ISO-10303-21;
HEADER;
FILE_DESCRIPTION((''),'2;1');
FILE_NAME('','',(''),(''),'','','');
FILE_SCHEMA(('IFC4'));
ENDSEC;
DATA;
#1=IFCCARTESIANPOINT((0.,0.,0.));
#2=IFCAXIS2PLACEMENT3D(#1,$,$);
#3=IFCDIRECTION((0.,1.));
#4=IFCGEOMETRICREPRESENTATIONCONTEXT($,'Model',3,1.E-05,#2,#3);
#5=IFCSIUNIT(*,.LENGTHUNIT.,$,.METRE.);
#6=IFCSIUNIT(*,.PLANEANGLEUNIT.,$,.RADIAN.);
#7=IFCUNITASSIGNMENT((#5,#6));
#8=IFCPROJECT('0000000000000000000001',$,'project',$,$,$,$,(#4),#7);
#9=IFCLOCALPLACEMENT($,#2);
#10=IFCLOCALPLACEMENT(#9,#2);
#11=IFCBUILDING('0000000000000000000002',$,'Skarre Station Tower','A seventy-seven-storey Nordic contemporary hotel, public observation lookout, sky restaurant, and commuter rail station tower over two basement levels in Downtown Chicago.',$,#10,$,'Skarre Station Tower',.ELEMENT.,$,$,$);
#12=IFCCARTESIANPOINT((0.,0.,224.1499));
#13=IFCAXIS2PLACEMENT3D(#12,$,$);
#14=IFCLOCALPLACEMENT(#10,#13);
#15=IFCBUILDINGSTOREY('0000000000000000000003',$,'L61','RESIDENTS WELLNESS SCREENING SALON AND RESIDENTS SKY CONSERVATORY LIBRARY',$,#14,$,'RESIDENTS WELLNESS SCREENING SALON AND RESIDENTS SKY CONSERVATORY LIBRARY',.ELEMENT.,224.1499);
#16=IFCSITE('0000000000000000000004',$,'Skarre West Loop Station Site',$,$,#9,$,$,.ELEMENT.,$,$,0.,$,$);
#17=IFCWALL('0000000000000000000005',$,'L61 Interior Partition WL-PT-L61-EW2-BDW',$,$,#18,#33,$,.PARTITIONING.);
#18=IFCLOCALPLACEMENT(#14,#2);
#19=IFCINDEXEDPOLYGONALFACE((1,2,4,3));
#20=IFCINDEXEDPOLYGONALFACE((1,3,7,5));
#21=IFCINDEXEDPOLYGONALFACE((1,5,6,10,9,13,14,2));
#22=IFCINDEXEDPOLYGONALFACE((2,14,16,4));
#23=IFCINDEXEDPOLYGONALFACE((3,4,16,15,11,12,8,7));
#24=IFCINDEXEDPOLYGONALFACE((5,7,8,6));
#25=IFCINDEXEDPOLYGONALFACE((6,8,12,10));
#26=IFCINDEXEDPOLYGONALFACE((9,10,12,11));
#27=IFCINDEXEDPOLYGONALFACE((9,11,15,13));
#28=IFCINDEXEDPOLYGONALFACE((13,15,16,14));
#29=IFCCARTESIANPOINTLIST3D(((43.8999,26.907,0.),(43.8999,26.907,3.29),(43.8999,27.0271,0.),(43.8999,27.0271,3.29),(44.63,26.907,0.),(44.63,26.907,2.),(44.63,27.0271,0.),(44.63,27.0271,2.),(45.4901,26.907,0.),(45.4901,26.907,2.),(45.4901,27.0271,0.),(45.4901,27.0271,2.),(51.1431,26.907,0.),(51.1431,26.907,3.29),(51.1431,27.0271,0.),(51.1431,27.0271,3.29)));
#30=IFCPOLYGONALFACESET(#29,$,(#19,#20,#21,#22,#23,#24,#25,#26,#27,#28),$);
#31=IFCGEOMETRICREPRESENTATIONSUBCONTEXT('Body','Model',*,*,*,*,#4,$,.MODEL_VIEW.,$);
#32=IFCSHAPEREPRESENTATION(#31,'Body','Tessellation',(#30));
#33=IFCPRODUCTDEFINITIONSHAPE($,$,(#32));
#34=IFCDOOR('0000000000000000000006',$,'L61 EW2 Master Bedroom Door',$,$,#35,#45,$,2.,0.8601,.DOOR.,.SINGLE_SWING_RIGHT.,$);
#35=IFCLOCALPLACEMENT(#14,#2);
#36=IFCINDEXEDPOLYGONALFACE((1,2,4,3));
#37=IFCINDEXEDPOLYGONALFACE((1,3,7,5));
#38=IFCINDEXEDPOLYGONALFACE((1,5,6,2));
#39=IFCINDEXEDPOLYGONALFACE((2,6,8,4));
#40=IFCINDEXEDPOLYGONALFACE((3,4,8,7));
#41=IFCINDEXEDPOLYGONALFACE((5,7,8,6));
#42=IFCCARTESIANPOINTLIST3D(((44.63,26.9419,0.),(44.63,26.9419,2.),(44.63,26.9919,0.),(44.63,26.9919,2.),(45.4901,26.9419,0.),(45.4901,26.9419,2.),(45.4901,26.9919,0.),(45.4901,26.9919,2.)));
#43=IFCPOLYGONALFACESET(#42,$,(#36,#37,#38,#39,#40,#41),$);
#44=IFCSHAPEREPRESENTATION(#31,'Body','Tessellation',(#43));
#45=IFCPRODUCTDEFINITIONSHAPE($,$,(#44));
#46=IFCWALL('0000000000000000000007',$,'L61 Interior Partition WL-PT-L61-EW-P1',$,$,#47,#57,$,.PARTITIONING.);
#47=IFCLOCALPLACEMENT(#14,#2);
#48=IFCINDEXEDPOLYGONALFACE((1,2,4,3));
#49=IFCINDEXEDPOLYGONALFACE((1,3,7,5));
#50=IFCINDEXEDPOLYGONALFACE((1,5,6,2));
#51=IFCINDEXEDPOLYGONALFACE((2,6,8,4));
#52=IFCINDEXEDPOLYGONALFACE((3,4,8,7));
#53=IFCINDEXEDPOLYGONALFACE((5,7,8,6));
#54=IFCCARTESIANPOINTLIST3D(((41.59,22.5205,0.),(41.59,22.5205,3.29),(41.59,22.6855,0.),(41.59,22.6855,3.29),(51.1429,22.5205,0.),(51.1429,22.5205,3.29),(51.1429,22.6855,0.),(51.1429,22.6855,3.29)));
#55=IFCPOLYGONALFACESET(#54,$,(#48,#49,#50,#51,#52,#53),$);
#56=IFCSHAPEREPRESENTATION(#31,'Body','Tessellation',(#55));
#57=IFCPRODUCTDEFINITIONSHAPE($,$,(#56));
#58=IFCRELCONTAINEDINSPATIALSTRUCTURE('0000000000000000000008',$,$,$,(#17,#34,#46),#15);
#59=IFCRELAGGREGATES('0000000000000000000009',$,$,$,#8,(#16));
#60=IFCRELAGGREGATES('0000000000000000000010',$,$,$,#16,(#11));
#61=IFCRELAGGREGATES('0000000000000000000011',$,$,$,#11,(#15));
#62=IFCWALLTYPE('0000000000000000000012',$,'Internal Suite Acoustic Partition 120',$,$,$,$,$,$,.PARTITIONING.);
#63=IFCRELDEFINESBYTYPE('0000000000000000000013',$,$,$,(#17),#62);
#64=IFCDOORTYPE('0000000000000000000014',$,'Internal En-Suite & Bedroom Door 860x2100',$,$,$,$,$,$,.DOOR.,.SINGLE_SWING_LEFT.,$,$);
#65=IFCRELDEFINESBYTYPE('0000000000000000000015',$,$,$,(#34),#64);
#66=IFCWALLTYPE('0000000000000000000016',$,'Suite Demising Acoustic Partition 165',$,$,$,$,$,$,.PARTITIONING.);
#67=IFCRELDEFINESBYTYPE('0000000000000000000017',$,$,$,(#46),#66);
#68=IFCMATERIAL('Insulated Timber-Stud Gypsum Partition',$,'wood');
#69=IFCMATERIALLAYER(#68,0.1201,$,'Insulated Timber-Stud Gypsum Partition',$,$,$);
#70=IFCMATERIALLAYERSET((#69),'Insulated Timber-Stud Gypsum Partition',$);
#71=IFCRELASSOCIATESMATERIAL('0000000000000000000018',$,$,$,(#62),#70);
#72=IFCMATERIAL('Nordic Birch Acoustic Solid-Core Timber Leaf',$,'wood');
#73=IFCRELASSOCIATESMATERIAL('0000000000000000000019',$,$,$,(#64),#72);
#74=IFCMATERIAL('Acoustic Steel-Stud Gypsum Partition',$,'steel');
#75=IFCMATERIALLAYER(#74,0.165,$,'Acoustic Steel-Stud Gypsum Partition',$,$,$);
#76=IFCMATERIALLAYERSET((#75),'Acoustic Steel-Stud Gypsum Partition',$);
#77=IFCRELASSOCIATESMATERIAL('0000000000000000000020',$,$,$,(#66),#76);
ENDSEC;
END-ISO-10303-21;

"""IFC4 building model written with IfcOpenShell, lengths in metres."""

from ifc_helpers import new_model, si_unit, direction, frame, frame_2d, origin, place, context, subcontext, project, spatial, rectangle, extrude, material, layer, layer_set, type_object, element, fill, save


model = new_model("IFC4")

# Units and contexts
model_context = context("Model", 3, precision=1e-05, world=origin(), true_north=direction((0.0, 1.0)))
body_context = subcontext(model_context, "Body", "Model", "MODEL_VIEW")
ifc_project = project(units=[si_unit("LENGTHUNIT", "METRE"), si_unit("PLANEANGLEUNIT", "RADIAN")], contexts=[model_context])

# Site, building, storey
site_placement = place(None, origin())
site = spatial("IfcSite", under=ifc_project, at=site_placement, Name="Skarre West Loop Station Site", CompositionType="ELEMENT", RefElevation=0.0)
building_placement = place(site_placement, origin())
building = spatial("IfcBuilding", under=site, at=building_placement, Name="Skarre Station Tower", Description="A seventy-seven-storey Nordic contemporary hotel, public observation lookout, sky restaurant, and commuter rail station tower over two basement levels in Downtown Chicago.", LongName="Skarre Station Tower", CompositionType="ELEMENT")
storey_placement = place(building_placement, frame((0.0, 0.0, 224.1499)))
storey = spatial("IfcBuildingStorey", under=building, at=storey_placement, Name="L61", Description="RESIDENTS WELLNESS SCREENING SALON AND RESIDENTS SKY CONSERVATORY LIBRARY", LongName="RESIDENTS WELLNESS SCREENING SALON AND RESIDENTS SKY CONSERVATORY LIBRARY", CompositionType="ELEMENT", Elevation=224.1499)

# Shared definitions
ifc_material_1 = material(Name="Acoustic Steel-Stud Gypsum Partition", Category="steel")

# Shared definitions
ifc_material_2 = material(Name="Insulated Timber-Stud Gypsum Partition", Category="wood")
ifc_layer_1 = layer(ifc_material_2, 0.1201, Name="Insulated Timber-Stud Gypsum Partition")
ifc_layer_set_1 = layer_set([ifc_layer_1], Name="Insulated Timber-Stud Gypsum Partition")
wall_type_1 = type_object("IfcWallType", Name="Internal Suite Acoustic Partition 120", PredefinedType="PARTITIONING", material=ifc_layer_set_1)

# Wall, opening, door
ifc_material_3 = material(Name="Nordic Birch Acoustic Solid-Core Timber Leaf", Category="wood")
door_type_1 = type_object("IfcDoorType", Name="Internal En-Suite & Bedroom Door 860x2100", OperationType="SINGLE_SWING_LEFT", PredefinedType="DOOR", material=ifc_material_3)
wall_1_placement = place(storey_placement, frame((43.8999, 26.967, 0.0), z_axis=(0.0, 0.0, 1.0), x_axis=(1.0, 0.0, 0.0)))
wall_1 = element("IfcWall", 1, at=wall_1_placement, inside=storey, type_object=wall_type_1, Name="L61 Interior Partition WL-PT-L61-EW2-BDW", PredefinedType="PARTITIONING", context=body_context, shape_type="SweptSolid", body=[
    extrude(rectangle(XDim=7.2432, YDim=0.1201, at=frame_2d((3.6216, 0.0))), origin(), (0.0, 0.0, 1.0), 3.29),
])
opening_1_placement = place(wall_1_placement, frame((0.73, 0.0, 0.0)))
opening_1 = element("IfcOpeningElement", 2, at=opening_1_placement, cuts=wall_1, PredefinedType="OPENING", context=body_context, shape_type="SweptSolid", body=[
    extrude(rectangle(XDim=0.8601, YDim=2.0, at=frame_2d((0.4302, 1.0))), frame((0.0, 0.0701, 0.0), z_axis=(0.0, -1.0, 0.0), x_axis=(1.0, 0.0, 0.0)), (0.0, 0.0, 1.0), 0.1401),
])
door_1_placement = place(opening_1_placement, origin())
door_1 = element("IfcDoor", 3, at=door_1_placement, inside=storey, type_object=door_type_1, Name="L61 EW2 Master Bedroom Door", OperationType="SINGLE_SWING_RIGHT", OverallHeight=2.0, OverallWidth=0.8601, PredefinedType="DOOR", context=body_context, shape_type="SweptSolid", body=[
    extrude(rectangle(XDim=0.8601, YDim=2.0, at=frame_2d((0.4302, 1.0))), frame((0.0, 0.0249, 0.0), z_axis=(0.0, -1.0, 0.0), x_axis=(1.0, 0.0, 0.0)), (0.0, 0.0, 1.0), 0.05),
])
fill(opening_1, door_1)

# Wall
ifc_layer_2 = layer(ifc_material_1, 0.165, Name="Acoustic Steel-Stud Gypsum Partition")
ifc_layer_set_2 = layer_set([ifc_layer_2], Name="Acoustic Steel-Stud Gypsum Partition")
wall_type_2 = type_object("IfcWallType", Name="Suite Demising Acoustic Partition 165", PredefinedType="PARTITIONING", material=ifc_layer_set_2)
wall_2_placement = place(storey_placement, frame((41.5901, 22.603, 0.0), z_axis=(0.0, 0.0, 1.0), x_axis=(1.0, 0.0, 0.0)))
element("IfcWall", 4, at=wall_2_placement, inside=storey, type_object=wall_type_2, Name="L61 Interior Partition WL-PT-L61-EW-P1", PredefinedType="PARTITIONING", context=body_context, shape_type="SweptSolid", body=[
    extrude(rectangle(XDim=9.553, YDim=0.165, at=frame_2d((4.7764, 0.0))), origin(), (0.0, 0.0, 1.0), 3.29),
])

save(model, "model.ifc")
